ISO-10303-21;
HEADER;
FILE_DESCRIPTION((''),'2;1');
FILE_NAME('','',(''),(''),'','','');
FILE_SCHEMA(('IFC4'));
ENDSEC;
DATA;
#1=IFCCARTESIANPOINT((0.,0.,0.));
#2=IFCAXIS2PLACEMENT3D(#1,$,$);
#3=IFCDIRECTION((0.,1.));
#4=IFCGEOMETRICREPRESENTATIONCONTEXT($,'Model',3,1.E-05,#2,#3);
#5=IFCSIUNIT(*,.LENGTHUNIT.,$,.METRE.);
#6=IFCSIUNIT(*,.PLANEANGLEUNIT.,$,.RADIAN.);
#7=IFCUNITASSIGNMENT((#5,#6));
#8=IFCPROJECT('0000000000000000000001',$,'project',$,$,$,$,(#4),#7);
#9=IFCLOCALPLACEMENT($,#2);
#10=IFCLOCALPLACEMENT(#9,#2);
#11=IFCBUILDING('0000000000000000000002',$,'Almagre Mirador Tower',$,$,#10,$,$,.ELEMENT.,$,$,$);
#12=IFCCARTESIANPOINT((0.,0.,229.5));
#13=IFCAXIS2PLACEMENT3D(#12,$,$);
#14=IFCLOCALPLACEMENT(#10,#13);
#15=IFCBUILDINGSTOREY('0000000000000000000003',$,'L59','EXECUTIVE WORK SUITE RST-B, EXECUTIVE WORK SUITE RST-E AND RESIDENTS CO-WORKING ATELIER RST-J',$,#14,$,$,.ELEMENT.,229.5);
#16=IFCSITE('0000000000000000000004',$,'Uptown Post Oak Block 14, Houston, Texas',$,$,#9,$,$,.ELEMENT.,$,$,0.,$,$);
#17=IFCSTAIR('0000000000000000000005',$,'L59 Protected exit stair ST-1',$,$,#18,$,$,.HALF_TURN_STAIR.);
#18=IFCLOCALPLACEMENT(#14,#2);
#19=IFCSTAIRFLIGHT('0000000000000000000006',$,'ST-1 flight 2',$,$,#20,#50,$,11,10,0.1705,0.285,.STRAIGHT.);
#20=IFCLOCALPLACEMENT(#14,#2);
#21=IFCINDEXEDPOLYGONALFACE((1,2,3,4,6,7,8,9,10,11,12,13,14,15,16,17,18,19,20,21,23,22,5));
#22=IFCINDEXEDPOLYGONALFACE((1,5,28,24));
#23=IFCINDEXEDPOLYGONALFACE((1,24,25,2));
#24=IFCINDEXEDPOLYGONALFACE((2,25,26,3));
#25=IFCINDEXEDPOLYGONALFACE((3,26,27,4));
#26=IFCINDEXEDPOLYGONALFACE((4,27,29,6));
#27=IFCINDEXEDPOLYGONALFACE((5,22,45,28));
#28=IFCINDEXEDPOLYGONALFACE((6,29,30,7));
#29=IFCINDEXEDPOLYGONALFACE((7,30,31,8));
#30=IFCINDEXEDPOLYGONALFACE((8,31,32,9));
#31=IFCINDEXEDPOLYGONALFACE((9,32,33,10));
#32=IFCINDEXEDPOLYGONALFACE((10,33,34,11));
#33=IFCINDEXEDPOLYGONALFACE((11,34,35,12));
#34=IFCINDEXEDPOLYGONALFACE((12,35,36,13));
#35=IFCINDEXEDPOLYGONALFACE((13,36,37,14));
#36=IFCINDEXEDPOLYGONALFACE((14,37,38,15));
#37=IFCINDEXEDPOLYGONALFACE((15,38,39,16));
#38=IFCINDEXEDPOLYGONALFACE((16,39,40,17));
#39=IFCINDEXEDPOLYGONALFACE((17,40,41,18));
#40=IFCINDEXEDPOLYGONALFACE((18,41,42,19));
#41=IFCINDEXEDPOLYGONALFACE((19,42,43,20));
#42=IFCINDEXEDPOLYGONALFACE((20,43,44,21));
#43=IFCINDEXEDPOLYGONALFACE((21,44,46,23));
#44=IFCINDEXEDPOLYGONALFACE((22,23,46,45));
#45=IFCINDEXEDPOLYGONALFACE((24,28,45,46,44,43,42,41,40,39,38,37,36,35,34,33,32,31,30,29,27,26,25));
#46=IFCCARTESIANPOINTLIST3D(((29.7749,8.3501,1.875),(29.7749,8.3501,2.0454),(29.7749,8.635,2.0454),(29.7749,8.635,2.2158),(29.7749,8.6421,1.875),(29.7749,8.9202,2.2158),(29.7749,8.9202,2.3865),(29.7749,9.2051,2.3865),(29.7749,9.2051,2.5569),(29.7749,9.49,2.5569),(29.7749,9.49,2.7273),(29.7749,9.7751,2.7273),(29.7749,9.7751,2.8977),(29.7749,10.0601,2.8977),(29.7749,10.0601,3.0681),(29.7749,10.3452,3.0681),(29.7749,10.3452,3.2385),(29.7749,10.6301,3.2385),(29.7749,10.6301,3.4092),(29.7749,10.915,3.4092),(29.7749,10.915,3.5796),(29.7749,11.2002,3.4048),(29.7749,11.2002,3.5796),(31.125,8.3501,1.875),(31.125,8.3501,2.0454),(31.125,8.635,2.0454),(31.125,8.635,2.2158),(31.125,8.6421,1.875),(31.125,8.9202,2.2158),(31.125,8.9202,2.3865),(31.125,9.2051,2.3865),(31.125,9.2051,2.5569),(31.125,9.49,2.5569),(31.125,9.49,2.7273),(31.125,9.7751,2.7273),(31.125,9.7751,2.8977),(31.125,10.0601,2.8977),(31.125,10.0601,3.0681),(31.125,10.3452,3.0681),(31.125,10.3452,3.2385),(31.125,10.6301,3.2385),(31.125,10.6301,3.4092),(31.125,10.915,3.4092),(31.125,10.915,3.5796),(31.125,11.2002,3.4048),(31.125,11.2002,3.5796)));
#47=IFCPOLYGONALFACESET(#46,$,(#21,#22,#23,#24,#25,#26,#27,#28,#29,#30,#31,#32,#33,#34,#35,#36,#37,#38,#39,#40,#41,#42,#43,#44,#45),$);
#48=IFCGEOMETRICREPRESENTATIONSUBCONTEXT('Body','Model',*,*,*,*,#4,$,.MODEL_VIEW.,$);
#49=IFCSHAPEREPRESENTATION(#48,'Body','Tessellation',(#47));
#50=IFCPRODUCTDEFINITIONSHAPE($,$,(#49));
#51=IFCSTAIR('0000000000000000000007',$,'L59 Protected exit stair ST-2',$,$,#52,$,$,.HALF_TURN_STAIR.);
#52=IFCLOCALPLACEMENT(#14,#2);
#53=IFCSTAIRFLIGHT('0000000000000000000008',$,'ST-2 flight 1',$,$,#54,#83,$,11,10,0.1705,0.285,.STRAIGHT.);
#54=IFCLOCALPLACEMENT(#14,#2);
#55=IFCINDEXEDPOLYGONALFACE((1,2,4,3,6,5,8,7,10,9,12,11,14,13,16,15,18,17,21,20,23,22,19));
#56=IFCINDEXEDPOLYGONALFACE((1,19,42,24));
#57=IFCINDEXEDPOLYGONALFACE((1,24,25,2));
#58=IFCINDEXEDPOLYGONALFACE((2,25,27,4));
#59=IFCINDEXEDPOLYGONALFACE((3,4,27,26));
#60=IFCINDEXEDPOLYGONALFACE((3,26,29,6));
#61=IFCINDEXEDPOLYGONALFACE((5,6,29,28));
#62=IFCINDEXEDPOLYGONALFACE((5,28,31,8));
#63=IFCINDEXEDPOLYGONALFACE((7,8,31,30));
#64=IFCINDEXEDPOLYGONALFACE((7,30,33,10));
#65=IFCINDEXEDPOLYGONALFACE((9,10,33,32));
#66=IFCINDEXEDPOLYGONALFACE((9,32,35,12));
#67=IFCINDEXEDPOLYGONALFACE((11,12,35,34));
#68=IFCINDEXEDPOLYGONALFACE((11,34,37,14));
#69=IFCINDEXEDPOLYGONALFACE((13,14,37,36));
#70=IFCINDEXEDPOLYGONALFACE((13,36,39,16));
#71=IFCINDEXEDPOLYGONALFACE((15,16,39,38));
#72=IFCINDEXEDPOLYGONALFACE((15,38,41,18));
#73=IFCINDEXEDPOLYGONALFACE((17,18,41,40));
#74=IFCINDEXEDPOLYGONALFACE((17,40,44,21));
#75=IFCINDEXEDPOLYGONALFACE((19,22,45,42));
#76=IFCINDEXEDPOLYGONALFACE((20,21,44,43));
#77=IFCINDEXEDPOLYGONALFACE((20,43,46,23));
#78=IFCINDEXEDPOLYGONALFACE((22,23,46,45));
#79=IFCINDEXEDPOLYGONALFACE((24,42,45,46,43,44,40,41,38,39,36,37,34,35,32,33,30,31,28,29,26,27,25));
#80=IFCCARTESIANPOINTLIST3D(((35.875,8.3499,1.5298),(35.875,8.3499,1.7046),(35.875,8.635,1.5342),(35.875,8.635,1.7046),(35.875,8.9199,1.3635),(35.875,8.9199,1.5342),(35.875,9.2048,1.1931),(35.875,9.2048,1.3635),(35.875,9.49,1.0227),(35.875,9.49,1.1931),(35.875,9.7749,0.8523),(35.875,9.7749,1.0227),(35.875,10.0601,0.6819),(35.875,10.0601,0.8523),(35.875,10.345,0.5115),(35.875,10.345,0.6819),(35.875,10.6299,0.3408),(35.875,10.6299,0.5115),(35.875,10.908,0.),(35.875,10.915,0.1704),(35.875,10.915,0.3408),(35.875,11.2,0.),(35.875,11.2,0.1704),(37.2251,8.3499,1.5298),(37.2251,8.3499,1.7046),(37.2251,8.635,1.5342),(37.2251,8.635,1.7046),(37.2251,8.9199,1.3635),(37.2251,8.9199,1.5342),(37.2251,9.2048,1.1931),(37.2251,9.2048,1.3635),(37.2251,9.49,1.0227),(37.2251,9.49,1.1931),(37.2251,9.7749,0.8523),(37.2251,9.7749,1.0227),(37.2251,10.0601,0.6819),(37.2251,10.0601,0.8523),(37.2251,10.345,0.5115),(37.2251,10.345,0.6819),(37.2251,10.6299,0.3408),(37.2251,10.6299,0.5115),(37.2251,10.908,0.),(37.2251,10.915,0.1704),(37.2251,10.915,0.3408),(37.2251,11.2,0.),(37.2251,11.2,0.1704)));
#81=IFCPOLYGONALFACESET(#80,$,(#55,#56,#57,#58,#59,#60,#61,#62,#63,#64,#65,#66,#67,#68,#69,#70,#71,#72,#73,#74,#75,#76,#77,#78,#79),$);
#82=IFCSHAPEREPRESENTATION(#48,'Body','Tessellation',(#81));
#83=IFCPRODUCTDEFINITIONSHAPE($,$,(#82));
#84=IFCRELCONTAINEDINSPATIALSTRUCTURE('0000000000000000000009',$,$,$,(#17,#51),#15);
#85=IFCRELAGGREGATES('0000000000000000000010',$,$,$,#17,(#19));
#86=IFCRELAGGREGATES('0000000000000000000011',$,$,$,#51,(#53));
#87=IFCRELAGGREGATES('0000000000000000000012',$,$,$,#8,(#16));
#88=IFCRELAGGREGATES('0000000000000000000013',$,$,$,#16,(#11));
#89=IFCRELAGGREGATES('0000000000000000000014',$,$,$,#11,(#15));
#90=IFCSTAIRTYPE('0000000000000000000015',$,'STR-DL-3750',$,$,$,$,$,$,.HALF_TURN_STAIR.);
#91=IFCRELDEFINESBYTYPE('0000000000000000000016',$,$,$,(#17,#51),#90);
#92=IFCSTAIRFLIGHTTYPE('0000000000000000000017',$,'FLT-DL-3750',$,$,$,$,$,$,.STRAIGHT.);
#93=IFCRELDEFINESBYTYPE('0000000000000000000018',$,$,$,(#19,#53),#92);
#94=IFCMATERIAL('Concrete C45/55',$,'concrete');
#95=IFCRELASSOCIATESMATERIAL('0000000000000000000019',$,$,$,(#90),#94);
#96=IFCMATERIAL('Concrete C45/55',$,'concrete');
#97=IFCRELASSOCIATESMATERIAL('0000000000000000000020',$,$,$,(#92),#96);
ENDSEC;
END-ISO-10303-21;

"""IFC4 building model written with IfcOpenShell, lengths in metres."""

from ifc_helpers import new_model, si_unit, direction, frame, origin, place, context, subcontext, project, spatial, polyline, outline, extrude, material, type_object, element, aggregate, save


model = new_model("IFC4")

# Units and contexts
model_context = context("Model", 3, precision=1e-05, world=origin(), true_north=direction((0.0, 1.0)))
body_context = subcontext(model_context, "Body", "Model", "MODEL_VIEW")
ifc_project = project(units=[si_unit("LENGTHUNIT", "METRE"), si_unit("PLANEANGLEUNIT", "RADIAN")], contexts=[model_context])

# Site, building, storey
site_placement = place(None, origin())
site = spatial("IfcSite", under=ifc_project, at=site_placement, Name="Uptown Post Oak Block 14, Houston, Texas", CompositionType="ELEMENT", RefElevation=0.0)
building_placement = place(site_placement, origin())
building = spatial("IfcBuilding", under=site, at=building_placement, Name="Almagre Mirador Tower", CompositionType="ELEMENT")
storey_placement = place(building_placement, frame((0.0, 0.0, 229.5)))
storey = spatial("IfcBuildingStorey", under=building, at=storey_placement, Name="L59", Description="EXECUTIVE WORK SUITE RST-B, EXECUTIVE WORK SUITE RST-E AND RESIDENTS CO-WORKING ATELIER RST-J", CompositionType="ELEMENT", Elevation=229.5)

# Stair, stair flight
ifc_material_1 = material(Name="Concrete C45/55", Category="concrete")
stair_type = type_object("IfcStairType", Name="STR-DL-3750", PredefinedType="HALF_TURN_STAIR", material=ifc_material_1)
stair_1_placement = place(storey_placement, origin())
stair_1 = element("IfcStair", 1, at=stair_1_placement, inside=storey, type_object=stair_type, Name="L59 Protected exit stair ST-1", PredefinedType="HALF_TURN_STAIR")
ifc_material_2 = material(Name="Concrete C45/55", Category="concrete")
stair_flight_type = type_object("IfcStairFlightType", Name="FLT-DL-3750", PredefinedType="STRAIGHT", material=ifc_material_2)
stair_flight_1_placement = place(storey_placement, frame((30.45, 8.3501, 1.875), z_axis=(0.0, 0.0, 1.0), x_axis=(0.0, 1.0, 0.0)))
stair_flight_1 = element("IfcStairFlight", 2, at=stair_flight_1_placement, type_object=stair_flight_type, Name="ST-1 flight 2", NumberOfRisers=11, NumberOfTreads=10, PredefinedType="STRAIGHT", RiserHeight=0.1705, TreadLength=0.285, context=body_context, shape_type="SweptSolid", body=[
    extrude(outline(polyline([(0.0, 0.0), (0.0, 0.1704), (0.2849, 0.1704), (0.2849, 0.3408), (0.5701, 0.3408), (0.5701, 0.5115), (0.855, 0.5115), (0.855, 0.6819), (1.1399, 0.6819), (1.1399, 0.8523), (1.425, 0.8523), (1.425, 1.0227), (1.71, 1.0227), (1.71, 1.1931), (1.9951, 1.1931), (1.9951, 1.3635), (2.28, 1.3635), (2.28, 1.5342), (2.5649, 1.5342), (2.5649, 1.7046), (2.8501, 1.7046), (2.8501, 1.875), (2.8501, 1.5298), (0.292, 0.0), (0.0, 0.0)])), frame((0.0, 0.675, 0.0), z_axis=(0.0, -1.0, 0.0), x_axis=(1.0, 0.0, 0.0)), (0.0, 0.0, 1.0), 1.3501),
])
aggregate(stair_1, [stair_flight_1])

# Stair, stair flight
stair_2_placement = place(storey_placement, origin())
stair_2 = element("IfcStair", 3, at=stair_2_placement, inside=storey, type_object=stair_type, Name="L59 Protected exit stair ST-2", PredefinedType="HALF_TURN_STAIR")
stair_flight_2_placement = place(storey_placement, frame((36.55, 11.2, 0.0), z_axis=(0.0, 0.0, 1.0), x_axis=(0.0, -1.0, 0.0)))
stair_flight_2 = element("IfcStairFlight", 4, at=stair_flight_2_placement, type_object=stair_flight_type, Name="ST-2 flight 1", NumberOfRisers=11, NumberOfTreads=10, PredefinedType="STRAIGHT", RiserHeight=0.1705, TreadLength=0.285, context=body_context, shape_type="SweptSolid", body=[
    extrude(outline(polyline([(0.0, 0.0), (0.0, 0.1704), (0.2849, 0.1704), (0.2849, 0.3408), (0.5701, 0.3408), (0.5701, 0.5115), (0.855, 0.5115), (0.855, 0.6819), (1.1399, 0.6819), (1.1399, 0.8523), (1.425, 0.8523), (1.425, 1.0227), (1.71, 1.0227), (1.71, 1.1931), (1.9951, 1.1931), (1.9951, 1.3635), (2.28, 1.3635), (2.28, 1.5342), (2.5649, 1.5342), (2.5649, 1.7046), (2.8501, 1.7046), (2.8501, 1.875), (2.8501, 1.5298), (0.292, 0.0), (0.0, 0.0)])), frame((0.0, 0.675, 0.0), z_axis=(0.0, -1.0, 0.0), x_axis=(1.0, 0.0, 0.0)), (0.0, 0.0, 1.0), 1.3501),
])
aggregate(stair_2, [stair_flight_2])

save(model, "model.ifc")
